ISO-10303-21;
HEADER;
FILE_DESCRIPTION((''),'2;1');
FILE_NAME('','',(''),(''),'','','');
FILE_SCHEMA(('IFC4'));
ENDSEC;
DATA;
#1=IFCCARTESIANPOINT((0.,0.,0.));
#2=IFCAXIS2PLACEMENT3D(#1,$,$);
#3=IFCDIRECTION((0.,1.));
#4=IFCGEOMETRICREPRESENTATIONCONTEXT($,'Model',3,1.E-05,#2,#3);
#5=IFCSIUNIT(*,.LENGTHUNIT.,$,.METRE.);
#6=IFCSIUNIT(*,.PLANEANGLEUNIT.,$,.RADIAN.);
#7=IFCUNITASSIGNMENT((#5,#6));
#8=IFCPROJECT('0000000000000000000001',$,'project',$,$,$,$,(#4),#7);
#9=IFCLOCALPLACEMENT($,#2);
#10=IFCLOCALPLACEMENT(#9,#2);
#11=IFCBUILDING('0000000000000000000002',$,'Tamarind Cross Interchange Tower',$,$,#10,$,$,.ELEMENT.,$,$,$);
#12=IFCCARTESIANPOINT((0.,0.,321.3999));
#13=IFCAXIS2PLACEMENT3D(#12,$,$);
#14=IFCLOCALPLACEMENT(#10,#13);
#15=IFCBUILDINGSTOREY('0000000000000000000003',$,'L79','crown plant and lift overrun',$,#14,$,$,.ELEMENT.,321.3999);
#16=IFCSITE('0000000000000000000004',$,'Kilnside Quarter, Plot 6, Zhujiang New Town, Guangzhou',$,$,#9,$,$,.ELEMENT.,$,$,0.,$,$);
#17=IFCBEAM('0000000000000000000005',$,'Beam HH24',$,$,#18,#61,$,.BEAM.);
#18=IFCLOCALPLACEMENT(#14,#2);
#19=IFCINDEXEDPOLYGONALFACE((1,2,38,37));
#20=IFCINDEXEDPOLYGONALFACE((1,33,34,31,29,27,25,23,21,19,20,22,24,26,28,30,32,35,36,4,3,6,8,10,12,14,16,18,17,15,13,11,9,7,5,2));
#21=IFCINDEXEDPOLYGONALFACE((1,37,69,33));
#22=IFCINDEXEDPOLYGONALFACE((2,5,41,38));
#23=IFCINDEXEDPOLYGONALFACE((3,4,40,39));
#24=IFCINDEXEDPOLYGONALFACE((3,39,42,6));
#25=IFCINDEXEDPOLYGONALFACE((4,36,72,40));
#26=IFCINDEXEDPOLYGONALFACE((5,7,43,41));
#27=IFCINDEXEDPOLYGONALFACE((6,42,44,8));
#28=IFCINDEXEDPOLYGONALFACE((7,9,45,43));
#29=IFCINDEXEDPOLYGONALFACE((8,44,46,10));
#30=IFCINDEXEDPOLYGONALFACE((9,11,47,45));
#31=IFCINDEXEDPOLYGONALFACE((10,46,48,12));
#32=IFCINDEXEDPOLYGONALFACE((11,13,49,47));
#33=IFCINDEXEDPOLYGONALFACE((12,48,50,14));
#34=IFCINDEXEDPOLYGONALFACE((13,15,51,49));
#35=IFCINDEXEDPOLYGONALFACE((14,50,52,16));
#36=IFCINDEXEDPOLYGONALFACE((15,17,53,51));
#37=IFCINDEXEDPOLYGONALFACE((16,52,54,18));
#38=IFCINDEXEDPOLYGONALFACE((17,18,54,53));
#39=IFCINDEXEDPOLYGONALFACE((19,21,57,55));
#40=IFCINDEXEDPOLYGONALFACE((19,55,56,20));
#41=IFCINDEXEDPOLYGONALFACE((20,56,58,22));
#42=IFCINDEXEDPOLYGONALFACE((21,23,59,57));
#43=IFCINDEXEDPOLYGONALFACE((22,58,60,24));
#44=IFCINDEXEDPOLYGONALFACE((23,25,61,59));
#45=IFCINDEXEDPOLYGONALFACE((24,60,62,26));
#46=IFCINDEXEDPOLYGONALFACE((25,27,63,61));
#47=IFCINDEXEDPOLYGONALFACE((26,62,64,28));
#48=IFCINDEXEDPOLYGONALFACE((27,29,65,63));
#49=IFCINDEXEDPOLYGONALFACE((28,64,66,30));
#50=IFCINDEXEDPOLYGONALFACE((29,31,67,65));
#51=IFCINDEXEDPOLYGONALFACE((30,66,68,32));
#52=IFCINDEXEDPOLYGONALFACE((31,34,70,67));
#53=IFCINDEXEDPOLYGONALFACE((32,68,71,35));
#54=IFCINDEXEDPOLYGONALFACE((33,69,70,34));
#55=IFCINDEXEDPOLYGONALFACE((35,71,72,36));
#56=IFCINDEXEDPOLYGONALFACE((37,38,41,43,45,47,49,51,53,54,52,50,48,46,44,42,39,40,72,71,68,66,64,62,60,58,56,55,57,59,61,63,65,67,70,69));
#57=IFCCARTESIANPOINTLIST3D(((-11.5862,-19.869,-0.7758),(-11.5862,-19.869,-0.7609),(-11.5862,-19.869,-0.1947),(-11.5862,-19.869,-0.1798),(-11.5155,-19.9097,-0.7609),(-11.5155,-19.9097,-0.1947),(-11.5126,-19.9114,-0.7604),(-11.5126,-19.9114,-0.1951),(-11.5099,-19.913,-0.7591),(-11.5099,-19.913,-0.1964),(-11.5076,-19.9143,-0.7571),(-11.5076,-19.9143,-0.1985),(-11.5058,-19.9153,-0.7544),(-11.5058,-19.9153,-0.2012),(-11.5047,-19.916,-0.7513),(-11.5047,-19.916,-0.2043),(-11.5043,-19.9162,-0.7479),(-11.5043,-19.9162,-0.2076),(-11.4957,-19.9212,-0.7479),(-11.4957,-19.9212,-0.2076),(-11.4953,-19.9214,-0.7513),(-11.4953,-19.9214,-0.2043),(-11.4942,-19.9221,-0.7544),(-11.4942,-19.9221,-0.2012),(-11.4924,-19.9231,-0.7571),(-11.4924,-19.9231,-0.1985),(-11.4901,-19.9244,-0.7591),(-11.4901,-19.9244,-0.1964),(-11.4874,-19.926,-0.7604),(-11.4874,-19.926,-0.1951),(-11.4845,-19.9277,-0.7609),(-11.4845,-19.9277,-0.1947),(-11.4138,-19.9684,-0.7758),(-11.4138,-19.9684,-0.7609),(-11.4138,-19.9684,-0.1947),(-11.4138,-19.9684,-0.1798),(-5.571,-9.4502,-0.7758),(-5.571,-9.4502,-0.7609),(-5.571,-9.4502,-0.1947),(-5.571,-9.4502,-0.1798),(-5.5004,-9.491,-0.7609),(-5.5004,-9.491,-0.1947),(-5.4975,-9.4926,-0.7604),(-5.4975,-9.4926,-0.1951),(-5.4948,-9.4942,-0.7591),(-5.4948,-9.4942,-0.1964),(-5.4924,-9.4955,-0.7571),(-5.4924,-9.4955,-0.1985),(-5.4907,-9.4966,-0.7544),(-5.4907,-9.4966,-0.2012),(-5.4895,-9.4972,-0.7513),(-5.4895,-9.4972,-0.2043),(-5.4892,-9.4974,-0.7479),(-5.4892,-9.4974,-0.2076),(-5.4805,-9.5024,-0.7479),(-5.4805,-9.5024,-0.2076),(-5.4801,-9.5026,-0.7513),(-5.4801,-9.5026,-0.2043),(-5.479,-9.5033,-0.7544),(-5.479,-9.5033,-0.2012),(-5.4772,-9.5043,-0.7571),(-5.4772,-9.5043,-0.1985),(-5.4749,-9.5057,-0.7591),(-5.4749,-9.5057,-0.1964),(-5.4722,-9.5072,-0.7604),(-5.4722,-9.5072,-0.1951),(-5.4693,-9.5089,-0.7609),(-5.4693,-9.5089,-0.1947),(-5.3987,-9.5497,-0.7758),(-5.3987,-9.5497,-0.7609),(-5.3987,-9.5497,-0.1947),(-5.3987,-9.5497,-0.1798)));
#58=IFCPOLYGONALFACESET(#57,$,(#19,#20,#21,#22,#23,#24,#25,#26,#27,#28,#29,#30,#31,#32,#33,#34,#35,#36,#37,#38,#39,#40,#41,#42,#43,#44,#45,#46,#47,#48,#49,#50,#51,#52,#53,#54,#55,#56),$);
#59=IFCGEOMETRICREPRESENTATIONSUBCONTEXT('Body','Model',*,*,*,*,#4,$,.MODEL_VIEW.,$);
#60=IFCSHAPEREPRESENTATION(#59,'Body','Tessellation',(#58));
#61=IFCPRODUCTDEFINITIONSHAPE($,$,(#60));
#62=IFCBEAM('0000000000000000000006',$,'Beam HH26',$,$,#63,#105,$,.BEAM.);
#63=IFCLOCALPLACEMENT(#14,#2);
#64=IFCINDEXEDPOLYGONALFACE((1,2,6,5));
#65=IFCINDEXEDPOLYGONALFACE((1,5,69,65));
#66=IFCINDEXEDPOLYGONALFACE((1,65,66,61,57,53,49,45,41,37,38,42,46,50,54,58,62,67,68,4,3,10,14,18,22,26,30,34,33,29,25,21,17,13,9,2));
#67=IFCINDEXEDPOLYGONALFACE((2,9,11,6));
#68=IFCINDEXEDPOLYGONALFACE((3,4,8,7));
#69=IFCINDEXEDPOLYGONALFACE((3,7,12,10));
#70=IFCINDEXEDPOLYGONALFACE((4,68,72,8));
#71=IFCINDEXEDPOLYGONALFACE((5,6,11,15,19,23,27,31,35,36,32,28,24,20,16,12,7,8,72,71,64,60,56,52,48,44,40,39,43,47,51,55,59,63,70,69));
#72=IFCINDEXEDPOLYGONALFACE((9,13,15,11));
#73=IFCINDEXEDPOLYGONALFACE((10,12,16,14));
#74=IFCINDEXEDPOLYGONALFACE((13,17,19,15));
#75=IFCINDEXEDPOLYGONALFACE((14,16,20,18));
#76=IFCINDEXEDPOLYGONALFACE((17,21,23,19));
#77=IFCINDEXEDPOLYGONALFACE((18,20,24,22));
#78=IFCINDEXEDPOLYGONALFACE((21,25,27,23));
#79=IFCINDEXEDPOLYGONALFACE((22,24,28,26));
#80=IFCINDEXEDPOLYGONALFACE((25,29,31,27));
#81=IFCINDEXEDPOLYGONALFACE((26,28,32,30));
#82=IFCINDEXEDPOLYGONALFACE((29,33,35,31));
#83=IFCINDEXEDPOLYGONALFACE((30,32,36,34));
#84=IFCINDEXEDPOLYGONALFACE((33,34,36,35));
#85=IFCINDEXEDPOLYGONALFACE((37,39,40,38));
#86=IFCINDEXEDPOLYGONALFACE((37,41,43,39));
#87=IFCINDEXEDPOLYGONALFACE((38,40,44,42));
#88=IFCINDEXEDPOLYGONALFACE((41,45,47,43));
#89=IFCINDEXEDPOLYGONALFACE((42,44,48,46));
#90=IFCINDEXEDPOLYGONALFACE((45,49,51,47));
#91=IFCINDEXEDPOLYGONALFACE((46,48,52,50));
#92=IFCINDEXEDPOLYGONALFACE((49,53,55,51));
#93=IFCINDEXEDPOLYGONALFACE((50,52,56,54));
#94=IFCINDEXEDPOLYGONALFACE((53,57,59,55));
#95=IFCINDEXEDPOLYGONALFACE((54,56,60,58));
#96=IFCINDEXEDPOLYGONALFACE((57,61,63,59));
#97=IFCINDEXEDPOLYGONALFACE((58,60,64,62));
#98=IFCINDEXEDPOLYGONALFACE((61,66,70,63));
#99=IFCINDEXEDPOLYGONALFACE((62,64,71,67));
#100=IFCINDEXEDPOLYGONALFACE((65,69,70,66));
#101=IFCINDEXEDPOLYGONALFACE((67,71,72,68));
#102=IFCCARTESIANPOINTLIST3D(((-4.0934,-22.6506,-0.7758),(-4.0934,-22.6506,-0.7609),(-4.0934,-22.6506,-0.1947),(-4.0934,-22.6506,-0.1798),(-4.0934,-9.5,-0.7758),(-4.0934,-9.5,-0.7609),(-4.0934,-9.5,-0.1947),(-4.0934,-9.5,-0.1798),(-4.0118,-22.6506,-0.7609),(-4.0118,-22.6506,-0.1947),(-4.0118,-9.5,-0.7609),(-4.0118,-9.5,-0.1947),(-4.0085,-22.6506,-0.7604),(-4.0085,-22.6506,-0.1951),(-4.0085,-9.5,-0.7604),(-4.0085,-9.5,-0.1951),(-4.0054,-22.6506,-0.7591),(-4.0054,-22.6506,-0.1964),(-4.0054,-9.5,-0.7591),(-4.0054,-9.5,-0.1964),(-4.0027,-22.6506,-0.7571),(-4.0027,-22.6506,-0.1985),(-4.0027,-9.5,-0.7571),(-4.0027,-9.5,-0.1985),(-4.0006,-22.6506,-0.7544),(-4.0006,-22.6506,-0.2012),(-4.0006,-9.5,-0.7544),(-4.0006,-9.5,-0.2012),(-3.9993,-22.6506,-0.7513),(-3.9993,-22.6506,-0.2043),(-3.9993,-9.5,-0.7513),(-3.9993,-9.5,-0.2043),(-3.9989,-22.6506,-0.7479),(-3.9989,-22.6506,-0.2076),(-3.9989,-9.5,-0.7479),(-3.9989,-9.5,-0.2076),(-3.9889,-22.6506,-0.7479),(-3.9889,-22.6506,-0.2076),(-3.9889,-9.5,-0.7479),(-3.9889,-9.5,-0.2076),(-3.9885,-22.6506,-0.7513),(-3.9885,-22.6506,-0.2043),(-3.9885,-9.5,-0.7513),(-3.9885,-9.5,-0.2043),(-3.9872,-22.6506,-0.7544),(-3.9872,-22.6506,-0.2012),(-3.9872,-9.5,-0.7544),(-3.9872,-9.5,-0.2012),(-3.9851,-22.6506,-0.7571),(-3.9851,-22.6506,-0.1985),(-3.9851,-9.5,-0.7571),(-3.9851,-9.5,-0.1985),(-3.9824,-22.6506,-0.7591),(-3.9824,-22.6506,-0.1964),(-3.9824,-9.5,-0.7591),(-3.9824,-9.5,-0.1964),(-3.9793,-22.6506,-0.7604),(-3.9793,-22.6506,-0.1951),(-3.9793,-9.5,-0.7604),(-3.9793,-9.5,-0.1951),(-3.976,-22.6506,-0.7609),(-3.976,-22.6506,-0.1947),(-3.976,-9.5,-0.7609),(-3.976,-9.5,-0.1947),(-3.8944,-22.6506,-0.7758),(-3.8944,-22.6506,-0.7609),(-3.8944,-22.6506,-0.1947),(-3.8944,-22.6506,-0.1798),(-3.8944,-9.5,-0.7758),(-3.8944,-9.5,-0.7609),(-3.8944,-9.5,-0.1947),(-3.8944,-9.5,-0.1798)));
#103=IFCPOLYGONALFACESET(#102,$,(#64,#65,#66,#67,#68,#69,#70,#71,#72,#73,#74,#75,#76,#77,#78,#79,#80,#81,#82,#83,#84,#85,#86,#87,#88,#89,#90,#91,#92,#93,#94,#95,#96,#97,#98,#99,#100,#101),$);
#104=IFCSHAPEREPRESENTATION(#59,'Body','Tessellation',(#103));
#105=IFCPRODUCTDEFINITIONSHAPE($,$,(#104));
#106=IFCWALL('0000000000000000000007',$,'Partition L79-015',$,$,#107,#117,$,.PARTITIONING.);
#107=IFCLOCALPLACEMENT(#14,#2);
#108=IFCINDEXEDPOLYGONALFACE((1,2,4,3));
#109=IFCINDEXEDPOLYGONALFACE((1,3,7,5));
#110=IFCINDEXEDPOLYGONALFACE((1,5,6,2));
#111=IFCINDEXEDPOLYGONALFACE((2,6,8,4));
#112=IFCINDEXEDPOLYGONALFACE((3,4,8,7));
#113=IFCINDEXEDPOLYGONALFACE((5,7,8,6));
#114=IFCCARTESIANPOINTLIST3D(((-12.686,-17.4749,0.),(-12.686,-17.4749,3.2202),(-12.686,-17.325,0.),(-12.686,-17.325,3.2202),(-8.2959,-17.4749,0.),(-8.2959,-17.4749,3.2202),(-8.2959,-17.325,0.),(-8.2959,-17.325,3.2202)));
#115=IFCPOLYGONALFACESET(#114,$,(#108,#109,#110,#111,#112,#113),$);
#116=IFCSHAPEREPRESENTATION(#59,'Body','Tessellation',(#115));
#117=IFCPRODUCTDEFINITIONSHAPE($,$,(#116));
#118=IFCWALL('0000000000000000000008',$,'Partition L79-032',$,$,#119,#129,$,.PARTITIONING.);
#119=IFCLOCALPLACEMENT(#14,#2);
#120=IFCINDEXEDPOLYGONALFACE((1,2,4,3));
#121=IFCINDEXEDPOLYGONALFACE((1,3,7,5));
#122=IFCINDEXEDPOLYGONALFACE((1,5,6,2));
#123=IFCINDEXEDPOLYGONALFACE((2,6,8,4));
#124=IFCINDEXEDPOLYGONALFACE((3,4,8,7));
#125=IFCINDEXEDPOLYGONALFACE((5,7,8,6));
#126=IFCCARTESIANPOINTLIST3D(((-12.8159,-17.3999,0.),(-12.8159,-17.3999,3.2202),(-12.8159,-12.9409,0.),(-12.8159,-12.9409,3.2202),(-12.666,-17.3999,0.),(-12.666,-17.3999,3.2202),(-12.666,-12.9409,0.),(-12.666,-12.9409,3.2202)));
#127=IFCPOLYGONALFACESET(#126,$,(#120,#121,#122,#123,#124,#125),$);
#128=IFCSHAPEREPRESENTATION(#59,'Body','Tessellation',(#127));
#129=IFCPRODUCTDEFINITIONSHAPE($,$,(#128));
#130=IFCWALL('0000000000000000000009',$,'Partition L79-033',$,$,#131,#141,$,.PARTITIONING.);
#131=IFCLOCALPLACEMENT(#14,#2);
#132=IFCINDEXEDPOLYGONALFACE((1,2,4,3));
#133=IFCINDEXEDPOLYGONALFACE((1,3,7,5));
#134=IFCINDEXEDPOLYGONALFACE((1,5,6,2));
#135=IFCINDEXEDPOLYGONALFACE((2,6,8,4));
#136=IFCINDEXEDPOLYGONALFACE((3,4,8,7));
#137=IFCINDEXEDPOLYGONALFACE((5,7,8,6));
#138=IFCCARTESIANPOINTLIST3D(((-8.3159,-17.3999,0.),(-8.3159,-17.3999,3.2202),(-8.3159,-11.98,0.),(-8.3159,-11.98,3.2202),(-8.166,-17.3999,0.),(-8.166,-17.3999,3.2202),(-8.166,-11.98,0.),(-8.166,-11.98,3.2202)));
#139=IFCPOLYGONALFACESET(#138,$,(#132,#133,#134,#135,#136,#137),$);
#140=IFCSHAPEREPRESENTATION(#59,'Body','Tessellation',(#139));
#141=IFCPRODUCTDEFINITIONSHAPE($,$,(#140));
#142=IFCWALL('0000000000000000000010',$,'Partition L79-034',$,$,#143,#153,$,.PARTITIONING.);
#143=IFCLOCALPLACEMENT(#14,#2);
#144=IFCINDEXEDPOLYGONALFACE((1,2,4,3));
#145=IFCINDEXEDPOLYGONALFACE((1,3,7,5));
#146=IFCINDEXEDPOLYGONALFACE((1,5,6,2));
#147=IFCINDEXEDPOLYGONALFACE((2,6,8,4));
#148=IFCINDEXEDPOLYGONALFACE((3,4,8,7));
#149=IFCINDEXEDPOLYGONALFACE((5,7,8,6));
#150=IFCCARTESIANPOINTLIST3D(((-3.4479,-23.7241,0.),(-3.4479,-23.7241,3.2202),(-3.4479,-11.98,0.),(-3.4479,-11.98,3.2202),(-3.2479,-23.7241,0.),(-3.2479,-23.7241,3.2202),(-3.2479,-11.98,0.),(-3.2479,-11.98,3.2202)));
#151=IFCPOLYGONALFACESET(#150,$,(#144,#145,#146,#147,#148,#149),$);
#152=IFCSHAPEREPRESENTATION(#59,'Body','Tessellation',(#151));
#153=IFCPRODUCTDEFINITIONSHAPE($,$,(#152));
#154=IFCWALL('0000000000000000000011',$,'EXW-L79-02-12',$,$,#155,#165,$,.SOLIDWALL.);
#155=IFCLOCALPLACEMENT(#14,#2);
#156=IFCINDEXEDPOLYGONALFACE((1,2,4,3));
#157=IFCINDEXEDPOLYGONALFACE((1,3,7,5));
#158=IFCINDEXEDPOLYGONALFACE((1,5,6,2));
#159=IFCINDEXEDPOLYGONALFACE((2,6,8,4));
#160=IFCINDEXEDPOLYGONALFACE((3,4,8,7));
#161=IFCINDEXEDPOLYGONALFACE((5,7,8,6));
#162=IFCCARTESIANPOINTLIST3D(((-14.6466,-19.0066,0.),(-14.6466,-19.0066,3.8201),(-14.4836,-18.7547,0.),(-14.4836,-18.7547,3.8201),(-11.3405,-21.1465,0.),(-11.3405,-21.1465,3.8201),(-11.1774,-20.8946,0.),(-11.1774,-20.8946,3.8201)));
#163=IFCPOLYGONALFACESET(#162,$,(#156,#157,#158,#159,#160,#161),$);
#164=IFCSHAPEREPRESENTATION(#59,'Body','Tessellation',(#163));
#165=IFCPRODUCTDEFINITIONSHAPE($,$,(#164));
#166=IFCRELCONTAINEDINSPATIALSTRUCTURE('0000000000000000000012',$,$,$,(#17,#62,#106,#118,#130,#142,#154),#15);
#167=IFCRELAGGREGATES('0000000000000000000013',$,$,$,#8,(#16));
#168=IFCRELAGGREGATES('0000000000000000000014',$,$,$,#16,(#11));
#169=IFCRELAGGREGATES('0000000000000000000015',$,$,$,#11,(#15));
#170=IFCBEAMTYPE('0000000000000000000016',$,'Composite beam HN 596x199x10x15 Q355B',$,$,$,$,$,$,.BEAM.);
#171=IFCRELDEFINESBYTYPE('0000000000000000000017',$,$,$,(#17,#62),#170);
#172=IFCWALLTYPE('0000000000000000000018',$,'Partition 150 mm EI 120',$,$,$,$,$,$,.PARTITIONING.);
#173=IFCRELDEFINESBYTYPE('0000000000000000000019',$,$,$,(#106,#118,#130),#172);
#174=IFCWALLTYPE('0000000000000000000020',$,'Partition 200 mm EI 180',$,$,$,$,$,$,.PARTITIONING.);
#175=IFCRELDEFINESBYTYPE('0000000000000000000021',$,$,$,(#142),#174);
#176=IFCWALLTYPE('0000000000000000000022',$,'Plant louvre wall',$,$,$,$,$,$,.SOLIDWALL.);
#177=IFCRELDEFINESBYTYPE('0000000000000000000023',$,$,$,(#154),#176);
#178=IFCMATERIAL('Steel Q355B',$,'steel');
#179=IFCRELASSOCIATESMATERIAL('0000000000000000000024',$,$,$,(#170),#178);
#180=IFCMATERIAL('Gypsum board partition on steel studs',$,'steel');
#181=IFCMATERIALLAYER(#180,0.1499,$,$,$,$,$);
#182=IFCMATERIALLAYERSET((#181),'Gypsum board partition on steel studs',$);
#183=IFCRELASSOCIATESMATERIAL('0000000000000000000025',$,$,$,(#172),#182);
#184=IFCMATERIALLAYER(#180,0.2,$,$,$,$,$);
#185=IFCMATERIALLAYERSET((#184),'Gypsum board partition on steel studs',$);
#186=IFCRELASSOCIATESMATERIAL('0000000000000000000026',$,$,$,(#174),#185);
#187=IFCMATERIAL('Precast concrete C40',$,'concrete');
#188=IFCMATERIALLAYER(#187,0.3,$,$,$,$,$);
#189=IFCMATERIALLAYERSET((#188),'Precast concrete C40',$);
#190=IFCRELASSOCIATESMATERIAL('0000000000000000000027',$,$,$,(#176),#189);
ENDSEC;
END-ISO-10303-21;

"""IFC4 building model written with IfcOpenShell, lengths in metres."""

from ifc_helpers import new_model, si_unit, direction, frame, frame_2d, origin, origin_2d, place, context, subcontext, project, spatial, rectangle, i_section, extrude, material, layer, layer_set, material_profile, profile_set, type_object, element, save


model = new_model("IFC4")

# Units and contexts
model_context = context("Model", 3, precision=1e-05, world=origin(), true_north=direction((0.0, 1.0)))
body_context = subcontext(model_context, "Body", "Model", "MODEL_VIEW")
ifc_project = project(units=[si_unit("LENGTHUNIT", "METRE"), si_unit("PLANEANGLEUNIT", "RADIAN")], contexts=[model_context])

# Site, building, storey
site_placement = place(None, origin())
site = spatial("IfcSite", under=ifc_project, at=site_placement, Name="Kilnside Quarter, Plot 6, Zhujiang New Town, Guangzhou", CompositionType="ELEMENT", RefElevation=0.0)
building_placement = place(site_placement, origin())
building = spatial("IfcBuilding", under=site, at=building_placement, Name="Tamarind Cross Interchange Tower", CompositionType="ELEMENT")
storey_placement = place(building_placement, frame((0.0, 0.0, 321.3999)))
storey = spatial("IfcBuildingStorey", under=building, at=storey_placement, Name="L79", Description="crown plant and lift overrun", CompositionType="ELEMENT", Elevation=321.3999)

# Beams
ifc_material_1 = material(Name="Steel Q355B", Category="steel")
ifc_material_profile_1 = material_profile(ifc_material_1, i_section(OverallWidth=0.199, OverallDepth=0.5959, WebThickness=0.01, FlangeThickness=0.0149, FilletRadius=0.0129, at=origin_2d()), Name="HN 596x199x10x15")
ifc_profile_set_1 = profile_set([ifc_material_profile_1], Name="Steel Q355B")
beam_type = type_object("IfcBeamType", Name="Composite beam HN 596x199x10x15 Q355B", PredefinedType="BEAM", material=ifc_profile_set_1)
beam_1_placement = place(storey_placement, frame((-11.5, -19.9187, -0.4778), z_axis=(0.499994, 0.866029, 0.0), x_axis=(-0.866029, 0.499994, 0.0)))
element("IfcBeam", 1, at=beam_1_placement, inside=storey, type_object=beam_type, Name="Beam HH24", PredefinedType="BEAM", context=body_context, shape_type="SweptSolid", body=[
    extrude(i_section(OverallWidth=0.199, OverallDepth=0.5959, WebThickness=0.01, FlangeThickness=0.0149, FilletRadius=0.0129, at=origin_2d()), origin(), (0.0, 0.0, 1.0), 12.0305),
])
beam_2_placement = place(storey_placement, frame((-3.9939, -22.6506, -0.4778), z_axis=(0.0, 1.0, 0.0), x_axis=(-1.0, 0.0, 0.0)))
element("IfcBeam", 2, at=beam_2_placement, inside=storey, type_object=beam_type, Name="Beam HH26", PredefinedType="BEAM", context=body_context, shape_type="SweptSolid", body=[
    extrude(i_section(OverallWidth=0.199, OverallDepth=0.5959, WebThickness=0.01, FlangeThickness=0.0149, FilletRadius=0.0129, at=origin_2d()), origin(), (0.0, 0.0, 1.0), 13.1506),
])

# Walls
ifc_material_2 = material(Name="Gypsum board partition on steel studs", Category="steel")
ifc_layer_1 = layer(ifc_material_2, 0.1499)
ifc_layer_set_1 = layer_set([ifc_layer_1], Name="Gypsum board partition on steel studs")
wall_type_1 = type_object("IfcWallType", Name="Partition 150 mm EI 120", PredefinedType="PARTITIONING", material=ifc_layer_set_1)
wall_1_placement = place(storey_placement, frame((-12.686, -17.3999, 0.0), z_axis=(0.0, 0.0, 1.0), x_axis=(1.0, 0.0, 0.0)))
element("IfcWall", 3, at=wall_1_placement, inside=storey, type_object=wall_type_1, Name="Partition L79-015", PredefinedType="PARTITIONING", context=body_context, shape_type="SweptSolid", body=[
    extrude(rectangle(XDim=4.3901, YDim=0.1499, at=frame_2d((2.1951, 0.0))), origin(), (0.0, 0.0, 1.0), 3.2202),
])
wall_2_placement = place(storey_placement, frame((-12.741, -17.3999, 0.0), z_axis=(0.0, 0.0, 1.0), x_axis=(0.0, 1.0, 0.0)))
element("IfcWall", 4, at=wall_2_placement, inside=storey, type_object=wall_type_1, Name="Partition L79-032", PredefinedType="PARTITIONING", context=body_context, shape_type="SweptSolid", body=[
    extrude(rectangle(XDim=4.459, YDim=0.1499, at=frame_2d((2.2295, 0.0))), origin(), (0.0, 0.0, 1.0), 3.2202),
])
wall_3_placement = place(storey_placement, frame((-8.241, -17.3999, 0.0), z_axis=(0.0, 0.0, 1.0), x_axis=(0.0, 1.0, 0.0)))
element("IfcWall", 5, at=wall_3_placement, inside=storey, type_object=wall_type_1, Name="Partition L79-033", PredefinedType="PARTITIONING", context=body_context, shape_type="SweptSolid", body=[
    extrude(rectangle(XDim=5.4199, YDim=0.1499, at=frame_2d((2.71, 0.0))), origin(), (0.0, 0.0, 1.0), 3.2202),
])
ifc_layer_2 = layer(ifc_material_2, 0.2)
ifc_layer_set_2 = layer_set([ifc_layer_2], Name="Gypsum board partition on steel studs")
wall_type_2 = type_object("IfcWallType", Name="Partition 200 mm EI 180", PredefinedType="PARTITIONING", material=ifc_layer_set_2)
wall_4_placement = place(storey_placement, frame((-3.3479, -23.7241, 0.0), z_axis=(0.0, 0.0, 1.0), x_axis=(0.0, 1.0, 0.0)))
element("IfcWall", 6, at=wall_4_placement, inside=storey, type_object=wall_type_2, Name="Partition L79-034", PredefinedType="PARTITIONING", context=body_context, shape_type="SweptSolid", body=[
    extrude(rectangle(XDim=11.7441, YDim=0.2, at=frame_2d((5.8721, 0.0))), origin(), (0.0, 0.0, 1.0), 3.2202),
])
ifc_material_3 = material(Name="Precast concrete C40", Category="concrete")
ifc_layer_3 = layer(ifc_material_3, 0.3)
ifc_layer_set_3 = layer_set([ifc_layer_3], Name="Precast concrete C40")
wall_type_3 = type_object("IfcWallType", Name="Plant louvre wall", PredefinedType="SOLIDWALL", material=ifc_layer_set_3)
wall_5_placement = place(storey_placement, frame((-14.5652, -18.8806, 0.0), z_axis=(0.0, 0.0, 1.0), x_axis=(0.839499, -0.543362, 0.0)))
element("IfcWall", 7, at=wall_5_placement, inside=storey, type_object=wall_type_3, Name="EXW-L79-02-12", PredefinedType="SOLIDWALL", context=body_context, shape_type="SweptSolid", body=[
    extrude(rectangle(XDim=3.9382, YDim=0.3, at=frame_2d((1.9692, 0.0))), origin(), (0.0, 0.0, 1.0), 3.8201),
])

save(model, "model.ifc")
